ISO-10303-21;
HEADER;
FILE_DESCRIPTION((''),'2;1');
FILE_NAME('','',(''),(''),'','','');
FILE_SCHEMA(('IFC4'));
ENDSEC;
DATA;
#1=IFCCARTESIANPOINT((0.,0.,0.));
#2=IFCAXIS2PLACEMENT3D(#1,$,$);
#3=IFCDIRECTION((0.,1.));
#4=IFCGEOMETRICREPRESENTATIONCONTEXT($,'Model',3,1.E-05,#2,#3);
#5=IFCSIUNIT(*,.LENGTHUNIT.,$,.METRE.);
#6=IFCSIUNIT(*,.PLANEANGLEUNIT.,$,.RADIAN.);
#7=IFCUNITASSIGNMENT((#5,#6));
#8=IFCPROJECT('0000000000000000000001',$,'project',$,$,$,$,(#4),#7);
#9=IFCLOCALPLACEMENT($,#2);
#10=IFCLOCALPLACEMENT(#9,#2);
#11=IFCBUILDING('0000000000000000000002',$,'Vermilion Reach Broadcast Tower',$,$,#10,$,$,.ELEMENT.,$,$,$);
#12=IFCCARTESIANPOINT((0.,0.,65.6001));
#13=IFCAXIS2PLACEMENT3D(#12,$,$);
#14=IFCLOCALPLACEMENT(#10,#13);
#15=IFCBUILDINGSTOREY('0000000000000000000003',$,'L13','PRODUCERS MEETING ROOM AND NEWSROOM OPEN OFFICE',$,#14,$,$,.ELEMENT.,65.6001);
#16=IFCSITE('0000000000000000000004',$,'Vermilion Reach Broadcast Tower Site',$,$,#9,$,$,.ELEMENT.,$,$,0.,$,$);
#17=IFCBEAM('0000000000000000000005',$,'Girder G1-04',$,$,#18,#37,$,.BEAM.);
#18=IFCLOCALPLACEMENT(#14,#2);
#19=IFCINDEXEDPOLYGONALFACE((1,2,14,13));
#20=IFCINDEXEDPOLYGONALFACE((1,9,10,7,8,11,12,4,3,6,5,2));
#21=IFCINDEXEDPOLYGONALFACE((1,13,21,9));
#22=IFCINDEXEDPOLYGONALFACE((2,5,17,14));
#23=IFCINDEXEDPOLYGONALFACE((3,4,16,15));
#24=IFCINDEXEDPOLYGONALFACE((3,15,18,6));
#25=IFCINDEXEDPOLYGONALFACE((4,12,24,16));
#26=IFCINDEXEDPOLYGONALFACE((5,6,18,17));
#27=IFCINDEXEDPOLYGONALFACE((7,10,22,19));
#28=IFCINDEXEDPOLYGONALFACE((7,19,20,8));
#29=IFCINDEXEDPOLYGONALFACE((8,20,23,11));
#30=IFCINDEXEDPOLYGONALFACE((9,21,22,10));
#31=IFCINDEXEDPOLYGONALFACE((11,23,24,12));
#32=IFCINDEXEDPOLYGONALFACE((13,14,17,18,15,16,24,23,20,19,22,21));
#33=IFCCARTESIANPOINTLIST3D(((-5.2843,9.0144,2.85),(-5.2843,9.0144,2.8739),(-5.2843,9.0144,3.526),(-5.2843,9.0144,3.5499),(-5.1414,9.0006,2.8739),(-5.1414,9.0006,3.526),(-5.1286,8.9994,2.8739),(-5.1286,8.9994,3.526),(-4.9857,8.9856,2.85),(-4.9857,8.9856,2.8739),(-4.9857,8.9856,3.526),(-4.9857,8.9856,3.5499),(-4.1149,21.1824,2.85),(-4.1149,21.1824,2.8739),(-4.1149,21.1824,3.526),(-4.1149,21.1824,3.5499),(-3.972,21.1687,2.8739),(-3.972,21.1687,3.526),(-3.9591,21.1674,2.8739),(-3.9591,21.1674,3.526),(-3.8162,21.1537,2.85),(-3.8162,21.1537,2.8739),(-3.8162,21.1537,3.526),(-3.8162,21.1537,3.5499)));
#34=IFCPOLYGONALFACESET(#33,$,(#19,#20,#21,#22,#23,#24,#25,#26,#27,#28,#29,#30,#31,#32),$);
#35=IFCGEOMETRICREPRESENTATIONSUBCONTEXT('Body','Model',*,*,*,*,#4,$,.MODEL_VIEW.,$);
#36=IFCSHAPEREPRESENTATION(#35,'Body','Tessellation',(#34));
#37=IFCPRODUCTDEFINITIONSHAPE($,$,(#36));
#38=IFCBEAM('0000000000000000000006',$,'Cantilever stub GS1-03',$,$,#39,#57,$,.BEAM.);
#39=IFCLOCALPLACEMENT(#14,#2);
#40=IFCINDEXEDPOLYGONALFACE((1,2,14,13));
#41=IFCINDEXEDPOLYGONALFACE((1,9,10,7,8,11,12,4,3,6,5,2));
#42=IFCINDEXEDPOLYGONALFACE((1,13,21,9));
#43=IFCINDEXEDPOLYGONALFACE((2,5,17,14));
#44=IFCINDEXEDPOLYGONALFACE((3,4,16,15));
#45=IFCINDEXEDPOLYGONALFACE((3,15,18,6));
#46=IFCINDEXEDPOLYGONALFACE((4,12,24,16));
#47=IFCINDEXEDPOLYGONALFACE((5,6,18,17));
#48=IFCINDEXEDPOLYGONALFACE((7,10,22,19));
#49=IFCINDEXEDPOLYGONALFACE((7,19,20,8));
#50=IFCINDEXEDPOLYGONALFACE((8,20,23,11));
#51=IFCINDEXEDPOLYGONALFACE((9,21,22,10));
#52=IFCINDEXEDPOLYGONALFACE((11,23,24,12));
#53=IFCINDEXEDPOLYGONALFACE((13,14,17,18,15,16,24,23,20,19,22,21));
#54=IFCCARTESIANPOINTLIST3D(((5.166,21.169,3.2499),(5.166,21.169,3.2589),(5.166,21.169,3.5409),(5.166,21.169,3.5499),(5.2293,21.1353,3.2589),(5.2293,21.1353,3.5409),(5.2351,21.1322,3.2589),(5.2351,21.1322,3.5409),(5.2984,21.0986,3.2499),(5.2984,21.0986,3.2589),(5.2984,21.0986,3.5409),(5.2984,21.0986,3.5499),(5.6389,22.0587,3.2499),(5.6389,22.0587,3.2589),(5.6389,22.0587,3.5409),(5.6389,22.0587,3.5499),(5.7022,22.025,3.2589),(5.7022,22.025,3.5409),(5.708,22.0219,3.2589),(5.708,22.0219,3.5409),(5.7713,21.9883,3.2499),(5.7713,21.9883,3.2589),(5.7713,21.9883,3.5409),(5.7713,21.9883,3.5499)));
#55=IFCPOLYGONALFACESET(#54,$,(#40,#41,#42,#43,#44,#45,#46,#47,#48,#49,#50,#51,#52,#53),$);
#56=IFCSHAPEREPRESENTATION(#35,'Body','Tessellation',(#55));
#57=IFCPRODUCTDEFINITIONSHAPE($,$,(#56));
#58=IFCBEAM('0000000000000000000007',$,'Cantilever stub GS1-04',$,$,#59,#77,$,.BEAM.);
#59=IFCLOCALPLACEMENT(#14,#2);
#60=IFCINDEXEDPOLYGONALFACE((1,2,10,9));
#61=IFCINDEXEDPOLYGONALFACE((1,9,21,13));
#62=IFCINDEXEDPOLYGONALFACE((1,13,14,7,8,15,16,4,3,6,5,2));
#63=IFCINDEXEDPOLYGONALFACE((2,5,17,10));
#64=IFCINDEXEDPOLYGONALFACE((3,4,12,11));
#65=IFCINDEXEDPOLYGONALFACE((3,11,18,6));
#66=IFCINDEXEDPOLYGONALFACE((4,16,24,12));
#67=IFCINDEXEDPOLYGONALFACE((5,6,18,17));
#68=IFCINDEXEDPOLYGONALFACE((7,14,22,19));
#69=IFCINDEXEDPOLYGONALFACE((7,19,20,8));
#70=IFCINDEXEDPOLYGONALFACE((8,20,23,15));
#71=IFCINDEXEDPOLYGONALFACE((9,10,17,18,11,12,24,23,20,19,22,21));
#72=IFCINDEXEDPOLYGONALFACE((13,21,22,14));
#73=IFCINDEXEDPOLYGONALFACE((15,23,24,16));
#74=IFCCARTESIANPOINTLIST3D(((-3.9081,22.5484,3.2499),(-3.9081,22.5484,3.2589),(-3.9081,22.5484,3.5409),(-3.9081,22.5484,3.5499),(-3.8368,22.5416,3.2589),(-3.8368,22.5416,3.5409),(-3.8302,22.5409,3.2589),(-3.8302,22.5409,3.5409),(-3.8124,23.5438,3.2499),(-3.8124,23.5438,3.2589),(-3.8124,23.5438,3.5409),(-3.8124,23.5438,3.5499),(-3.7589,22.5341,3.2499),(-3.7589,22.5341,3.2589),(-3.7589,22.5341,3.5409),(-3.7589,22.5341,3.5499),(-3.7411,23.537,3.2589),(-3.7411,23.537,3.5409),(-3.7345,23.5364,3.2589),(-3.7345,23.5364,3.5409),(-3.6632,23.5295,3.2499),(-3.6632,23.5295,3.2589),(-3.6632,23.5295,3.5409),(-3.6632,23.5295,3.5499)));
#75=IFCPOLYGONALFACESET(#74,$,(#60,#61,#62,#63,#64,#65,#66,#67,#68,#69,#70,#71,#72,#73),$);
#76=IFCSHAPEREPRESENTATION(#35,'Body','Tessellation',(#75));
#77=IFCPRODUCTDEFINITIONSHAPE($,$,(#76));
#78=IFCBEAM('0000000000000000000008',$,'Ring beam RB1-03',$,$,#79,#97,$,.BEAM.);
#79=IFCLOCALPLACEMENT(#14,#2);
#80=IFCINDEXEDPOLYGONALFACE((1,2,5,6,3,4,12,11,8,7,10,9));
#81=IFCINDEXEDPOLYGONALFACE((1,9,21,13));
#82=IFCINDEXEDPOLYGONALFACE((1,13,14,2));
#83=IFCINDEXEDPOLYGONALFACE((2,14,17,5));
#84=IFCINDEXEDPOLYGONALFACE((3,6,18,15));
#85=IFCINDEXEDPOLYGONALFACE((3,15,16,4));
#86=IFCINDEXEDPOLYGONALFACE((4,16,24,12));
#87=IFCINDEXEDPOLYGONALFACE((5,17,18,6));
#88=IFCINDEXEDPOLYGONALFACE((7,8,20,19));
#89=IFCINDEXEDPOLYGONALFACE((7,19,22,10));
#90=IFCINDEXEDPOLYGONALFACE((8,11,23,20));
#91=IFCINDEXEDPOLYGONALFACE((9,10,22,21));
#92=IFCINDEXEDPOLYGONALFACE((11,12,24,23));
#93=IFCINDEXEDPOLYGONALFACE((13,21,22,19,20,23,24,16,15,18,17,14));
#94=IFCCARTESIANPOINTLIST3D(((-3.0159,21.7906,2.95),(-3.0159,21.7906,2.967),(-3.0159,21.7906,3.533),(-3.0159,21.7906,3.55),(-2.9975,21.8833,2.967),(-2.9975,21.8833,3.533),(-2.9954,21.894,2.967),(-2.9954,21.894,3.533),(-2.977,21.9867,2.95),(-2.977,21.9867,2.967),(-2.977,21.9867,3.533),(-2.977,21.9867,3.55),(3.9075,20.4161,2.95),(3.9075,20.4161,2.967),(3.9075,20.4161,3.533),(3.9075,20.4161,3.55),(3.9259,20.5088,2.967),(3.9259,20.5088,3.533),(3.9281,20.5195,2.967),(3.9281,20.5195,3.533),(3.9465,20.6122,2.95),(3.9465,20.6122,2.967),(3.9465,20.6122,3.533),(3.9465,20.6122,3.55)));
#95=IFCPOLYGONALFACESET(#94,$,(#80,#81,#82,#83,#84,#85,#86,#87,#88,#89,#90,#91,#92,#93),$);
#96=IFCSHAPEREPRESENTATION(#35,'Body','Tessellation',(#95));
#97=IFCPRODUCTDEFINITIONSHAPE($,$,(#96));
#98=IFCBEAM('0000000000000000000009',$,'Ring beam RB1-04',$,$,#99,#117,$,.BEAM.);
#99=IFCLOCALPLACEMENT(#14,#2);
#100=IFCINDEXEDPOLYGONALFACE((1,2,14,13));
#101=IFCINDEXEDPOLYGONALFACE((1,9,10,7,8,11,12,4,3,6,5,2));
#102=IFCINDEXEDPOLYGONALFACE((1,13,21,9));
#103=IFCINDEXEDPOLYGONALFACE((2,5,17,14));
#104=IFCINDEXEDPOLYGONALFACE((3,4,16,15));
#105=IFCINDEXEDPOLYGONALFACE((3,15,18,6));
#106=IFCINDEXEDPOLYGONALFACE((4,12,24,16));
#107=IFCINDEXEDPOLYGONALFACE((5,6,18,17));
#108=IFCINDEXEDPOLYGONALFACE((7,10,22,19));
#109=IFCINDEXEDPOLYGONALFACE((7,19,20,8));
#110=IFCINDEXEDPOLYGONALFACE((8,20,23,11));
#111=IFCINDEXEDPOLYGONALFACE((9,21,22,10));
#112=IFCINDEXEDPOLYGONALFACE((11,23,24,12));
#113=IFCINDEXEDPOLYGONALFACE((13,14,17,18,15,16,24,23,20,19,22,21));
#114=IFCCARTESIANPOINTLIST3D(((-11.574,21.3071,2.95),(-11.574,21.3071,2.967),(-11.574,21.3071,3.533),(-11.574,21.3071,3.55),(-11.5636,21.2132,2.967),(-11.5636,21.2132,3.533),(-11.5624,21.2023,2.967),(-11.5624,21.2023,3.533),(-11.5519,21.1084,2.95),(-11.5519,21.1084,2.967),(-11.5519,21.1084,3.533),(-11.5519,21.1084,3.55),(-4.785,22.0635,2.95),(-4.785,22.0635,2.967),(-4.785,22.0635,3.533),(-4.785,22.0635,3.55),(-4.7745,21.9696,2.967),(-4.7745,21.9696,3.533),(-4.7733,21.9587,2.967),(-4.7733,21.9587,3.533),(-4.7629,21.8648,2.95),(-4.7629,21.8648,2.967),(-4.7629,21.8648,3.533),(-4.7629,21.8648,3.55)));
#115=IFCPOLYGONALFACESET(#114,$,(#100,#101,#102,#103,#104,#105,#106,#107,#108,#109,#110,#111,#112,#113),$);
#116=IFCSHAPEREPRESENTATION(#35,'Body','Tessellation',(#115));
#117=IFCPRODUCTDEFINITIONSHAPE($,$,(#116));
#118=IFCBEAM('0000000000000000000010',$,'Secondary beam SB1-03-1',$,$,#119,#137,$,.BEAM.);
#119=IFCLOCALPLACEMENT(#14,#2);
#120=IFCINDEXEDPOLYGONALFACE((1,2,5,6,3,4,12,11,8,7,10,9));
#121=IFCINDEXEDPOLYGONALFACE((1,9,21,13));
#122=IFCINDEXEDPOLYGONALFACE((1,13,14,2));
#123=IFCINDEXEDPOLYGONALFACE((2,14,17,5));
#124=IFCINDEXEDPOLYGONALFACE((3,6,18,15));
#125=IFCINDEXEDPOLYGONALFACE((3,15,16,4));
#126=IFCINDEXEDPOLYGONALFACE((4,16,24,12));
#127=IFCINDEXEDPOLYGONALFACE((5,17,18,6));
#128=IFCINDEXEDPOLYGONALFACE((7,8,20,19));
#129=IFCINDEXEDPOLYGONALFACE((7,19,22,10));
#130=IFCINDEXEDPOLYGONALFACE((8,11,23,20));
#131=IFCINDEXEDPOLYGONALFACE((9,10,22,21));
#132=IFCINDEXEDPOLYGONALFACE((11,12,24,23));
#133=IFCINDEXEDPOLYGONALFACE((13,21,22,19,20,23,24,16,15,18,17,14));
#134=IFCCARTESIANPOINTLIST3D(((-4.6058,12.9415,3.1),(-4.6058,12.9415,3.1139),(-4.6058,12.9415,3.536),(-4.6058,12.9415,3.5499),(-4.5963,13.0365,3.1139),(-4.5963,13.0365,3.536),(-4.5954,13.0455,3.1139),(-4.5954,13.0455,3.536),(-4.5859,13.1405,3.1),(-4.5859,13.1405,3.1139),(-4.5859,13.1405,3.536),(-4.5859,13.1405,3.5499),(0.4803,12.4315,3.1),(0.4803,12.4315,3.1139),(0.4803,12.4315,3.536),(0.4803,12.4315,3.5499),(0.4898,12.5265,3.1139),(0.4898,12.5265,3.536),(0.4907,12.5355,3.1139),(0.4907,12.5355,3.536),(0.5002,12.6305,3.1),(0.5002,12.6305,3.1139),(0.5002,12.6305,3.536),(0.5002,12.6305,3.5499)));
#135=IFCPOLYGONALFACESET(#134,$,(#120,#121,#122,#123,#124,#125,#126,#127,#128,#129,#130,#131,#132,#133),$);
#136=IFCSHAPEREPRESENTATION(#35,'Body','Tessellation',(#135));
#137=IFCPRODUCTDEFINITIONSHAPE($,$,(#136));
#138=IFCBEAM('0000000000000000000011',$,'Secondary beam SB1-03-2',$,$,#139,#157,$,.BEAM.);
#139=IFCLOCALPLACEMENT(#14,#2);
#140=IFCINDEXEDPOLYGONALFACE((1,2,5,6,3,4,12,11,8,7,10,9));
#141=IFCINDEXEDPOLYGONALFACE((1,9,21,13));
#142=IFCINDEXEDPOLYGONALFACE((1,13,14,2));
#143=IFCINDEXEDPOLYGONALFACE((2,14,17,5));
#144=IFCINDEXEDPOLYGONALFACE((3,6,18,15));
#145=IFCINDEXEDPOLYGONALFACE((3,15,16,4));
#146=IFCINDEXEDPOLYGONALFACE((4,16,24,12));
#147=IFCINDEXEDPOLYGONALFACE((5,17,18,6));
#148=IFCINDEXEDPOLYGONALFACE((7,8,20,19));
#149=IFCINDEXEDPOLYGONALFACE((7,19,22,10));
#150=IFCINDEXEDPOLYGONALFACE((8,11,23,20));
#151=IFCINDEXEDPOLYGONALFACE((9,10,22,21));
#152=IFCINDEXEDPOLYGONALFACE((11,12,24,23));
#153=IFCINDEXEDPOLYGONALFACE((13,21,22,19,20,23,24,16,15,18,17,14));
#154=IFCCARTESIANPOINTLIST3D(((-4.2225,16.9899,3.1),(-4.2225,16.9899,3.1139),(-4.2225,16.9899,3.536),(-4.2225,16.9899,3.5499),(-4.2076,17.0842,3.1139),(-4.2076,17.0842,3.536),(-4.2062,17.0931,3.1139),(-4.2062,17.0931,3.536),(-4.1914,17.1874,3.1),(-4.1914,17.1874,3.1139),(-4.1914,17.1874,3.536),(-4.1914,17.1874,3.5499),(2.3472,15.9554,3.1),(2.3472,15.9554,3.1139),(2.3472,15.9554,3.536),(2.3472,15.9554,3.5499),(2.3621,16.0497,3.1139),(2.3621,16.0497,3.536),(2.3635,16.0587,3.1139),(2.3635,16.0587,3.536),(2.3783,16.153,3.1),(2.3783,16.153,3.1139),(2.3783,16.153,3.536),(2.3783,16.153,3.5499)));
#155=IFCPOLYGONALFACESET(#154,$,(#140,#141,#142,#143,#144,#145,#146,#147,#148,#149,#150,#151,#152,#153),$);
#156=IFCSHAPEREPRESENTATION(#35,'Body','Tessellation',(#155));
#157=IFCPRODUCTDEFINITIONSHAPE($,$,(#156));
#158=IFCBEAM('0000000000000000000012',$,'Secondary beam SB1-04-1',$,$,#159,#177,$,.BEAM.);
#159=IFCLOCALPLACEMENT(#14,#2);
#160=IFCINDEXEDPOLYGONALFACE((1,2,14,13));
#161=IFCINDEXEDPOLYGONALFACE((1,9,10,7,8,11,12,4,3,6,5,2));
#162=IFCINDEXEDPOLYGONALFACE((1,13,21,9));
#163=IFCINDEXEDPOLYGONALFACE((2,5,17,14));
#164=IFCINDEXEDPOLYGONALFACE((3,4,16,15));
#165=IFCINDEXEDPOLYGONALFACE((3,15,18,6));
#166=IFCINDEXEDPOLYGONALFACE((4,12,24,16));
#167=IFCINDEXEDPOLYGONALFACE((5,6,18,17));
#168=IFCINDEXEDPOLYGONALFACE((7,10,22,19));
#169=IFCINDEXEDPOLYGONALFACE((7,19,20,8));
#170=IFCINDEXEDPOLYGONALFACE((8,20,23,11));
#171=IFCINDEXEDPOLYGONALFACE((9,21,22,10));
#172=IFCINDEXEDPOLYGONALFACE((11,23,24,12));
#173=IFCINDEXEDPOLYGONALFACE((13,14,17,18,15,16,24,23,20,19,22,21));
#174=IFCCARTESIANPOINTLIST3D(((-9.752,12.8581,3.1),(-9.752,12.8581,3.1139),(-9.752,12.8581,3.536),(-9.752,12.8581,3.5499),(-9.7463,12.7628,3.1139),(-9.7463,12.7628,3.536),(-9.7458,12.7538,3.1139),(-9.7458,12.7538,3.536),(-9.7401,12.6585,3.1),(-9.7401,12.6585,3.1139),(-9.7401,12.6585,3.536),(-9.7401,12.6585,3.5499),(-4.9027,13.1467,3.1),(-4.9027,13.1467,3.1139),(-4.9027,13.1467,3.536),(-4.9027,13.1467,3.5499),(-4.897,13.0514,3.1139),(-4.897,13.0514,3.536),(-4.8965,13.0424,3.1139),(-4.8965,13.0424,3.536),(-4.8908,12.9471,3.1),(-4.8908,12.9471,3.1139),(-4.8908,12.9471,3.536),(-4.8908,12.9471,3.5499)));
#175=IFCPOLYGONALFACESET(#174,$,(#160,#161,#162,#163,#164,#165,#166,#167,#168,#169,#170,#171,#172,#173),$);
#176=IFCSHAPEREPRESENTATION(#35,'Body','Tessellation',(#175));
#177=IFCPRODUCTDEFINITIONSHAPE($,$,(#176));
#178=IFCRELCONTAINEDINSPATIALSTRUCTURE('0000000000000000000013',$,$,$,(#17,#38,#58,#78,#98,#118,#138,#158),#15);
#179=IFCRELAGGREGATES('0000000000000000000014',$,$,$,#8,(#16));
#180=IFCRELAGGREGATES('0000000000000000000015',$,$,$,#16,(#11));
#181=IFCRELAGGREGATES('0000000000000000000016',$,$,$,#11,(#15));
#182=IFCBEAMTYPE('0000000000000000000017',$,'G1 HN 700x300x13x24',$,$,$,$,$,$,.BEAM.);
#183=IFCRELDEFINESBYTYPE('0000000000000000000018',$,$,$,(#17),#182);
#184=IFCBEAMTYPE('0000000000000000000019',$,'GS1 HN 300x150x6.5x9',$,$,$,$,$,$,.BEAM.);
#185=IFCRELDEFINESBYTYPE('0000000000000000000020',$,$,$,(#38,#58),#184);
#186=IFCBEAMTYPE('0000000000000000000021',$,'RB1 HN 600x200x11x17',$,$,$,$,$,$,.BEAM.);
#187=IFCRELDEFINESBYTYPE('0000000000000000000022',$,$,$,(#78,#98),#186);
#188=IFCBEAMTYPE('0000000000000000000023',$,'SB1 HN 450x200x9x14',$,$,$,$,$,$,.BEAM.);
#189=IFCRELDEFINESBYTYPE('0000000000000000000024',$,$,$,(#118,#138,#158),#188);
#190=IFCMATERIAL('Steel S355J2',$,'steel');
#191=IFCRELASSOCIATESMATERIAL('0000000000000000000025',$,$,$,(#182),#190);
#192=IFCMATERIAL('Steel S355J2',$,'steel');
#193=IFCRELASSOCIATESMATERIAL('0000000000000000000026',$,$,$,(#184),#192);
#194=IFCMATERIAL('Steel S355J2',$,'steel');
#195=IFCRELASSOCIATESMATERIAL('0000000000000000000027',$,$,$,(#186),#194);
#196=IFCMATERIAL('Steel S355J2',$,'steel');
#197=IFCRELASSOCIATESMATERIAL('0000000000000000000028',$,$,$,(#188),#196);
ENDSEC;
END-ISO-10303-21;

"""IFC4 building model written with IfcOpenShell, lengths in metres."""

from ifc_helpers import new_model, si_unit, direction, frame, origin, origin_2d, place, context, subcontext, project, spatial, i_section, extrude, material, material_profile, profile_set, type_object, element, save


model = new_model("IFC4")

# Units and contexts
model_context = context("Model", 3, precision=1e-05, world=origin(), true_north=direction((0.0, 1.0)))
body_context = subcontext(model_context, "Body", "Model", "MODEL_VIEW")
ifc_project = project(units=[si_unit("LENGTHUNIT", "METRE"), si_unit("PLANEANGLEUNIT", "RADIAN")], contexts=[model_context])

# Site, building, storey
site_placement = place(None, origin())
site = spatial("IfcSite", under=ifc_project, at=site_placement, Name="Vermilion Reach Broadcast Tower Site", CompositionType="ELEMENT", RefElevation=0.0)
building_placement = place(site_placement, origin())
building = spatial("IfcBuilding", under=site, at=building_placement, Name="Vermilion Reach Broadcast Tower", CompositionType="ELEMENT")
storey_placement = place(building_placement, frame((0.0, 0.0, 65.6001)))
storey = spatial("IfcBuildingStorey", under=building, at=storey_placement, Name="L13", Description="PRODUCERS MEETING ROOM AND NEWSROOM OPEN OFFICE", CompositionType="ELEMENT", Elevation=65.6001)

# Beams
ifc_material_1 = material(Name="Steel S355J2", Category="steel")
ifc_material_profile_1 = material_profile(ifc_material_1, i_section(OverallWidth=0.3, OverallDepth=0.7, WebThickness=0.0129, FlangeThickness=0.0239, at=origin_2d()), Name="S355J2 HN 700x300x13x24")
ifc_profile_set_1 = profile_set([ifc_material_profile_1], Name="Steel S355J2")
beam_type_1 = type_object("IfcBeamType", Name="G1 HN 700x300x13x24", PredefinedType="BEAM", material=ifc_profile_set_1)
beam_1_placement = place(storey_placement, frame((-5.135, 9.0, 3.2), z_axis=(0.095667, 0.995413, 0.0), x_axis=(-0.995413, 0.095667, 0.0)))
element("IfcBeam", 1, at=beam_1_placement, inside=storey, type_object=beam_type_1, Name="Girder G1-04", PredefinedType="BEAM", context=body_context, shape_type="SweptSolid", body=[
    extrude(i_section(OverallWidth=0.3, OverallDepth=0.7, WebThickness=0.0129, FlangeThickness=0.0239, at=origin_2d()), origin(), (0.0, 0.0, 1.0), 12.2241),
])
ifc_material_2 = material(Name="Steel S355J2", Category="steel")
ifc_material_profile_2 = material_profile(ifc_material_2, i_section(OverallWidth=0.1499, OverallDepth=0.3, WebThickness=0.0066, FlangeThickness=0.009, at=origin_2d()), Name="S355J2 HN 300x150x6.5x9")
ifc_profile_set_2 = profile_set([ifc_material_profile_2], Name="Steel S355J2")
beam_type_2 = type_object("IfcBeamType", Name="GS1 HN 300x150x6.5x9", PredefinedType="BEAM", material=ifc_profile_set_2)
beam_2_placement = place(storey_placement, frame((5.2322, 21.1338, 3.3999), z_axis=(0.469368, 0.883003, 0.0), x_axis=(-0.883003, 0.469368, 0.0)))
element("IfcBeam", 2, at=beam_2_placement, inside=storey, type_object=beam_type_2, Name="Cantilever stub GS1-03", PredefinedType="BEAM", context=body_context, shape_type="SweptSolid", body=[
    extrude(i_section(OverallWidth=0.1499, OverallDepth=0.3, WebThickness=0.0066, FlangeThickness=0.009, at=origin_2d()), origin(), (0.0, 0.0, 1.0), 1.0076),
])
beam_3_placement = place(storey_placement, frame((-3.8335, 22.5413, 3.3999), z_axis=(0.095708, 0.995409, 0.0), x_axis=(-0.995409, 0.095708, 0.0)))
element("IfcBeam", 3, at=beam_3_placement, inside=storey, type_object=beam_type_2, Name="Cantilever stub GS1-04", PredefinedType="BEAM", context=body_context, shape_type="SweptSolid", body=[
    extrude(i_section(OverallWidth=0.1499, OverallDepth=0.3, WebThickness=0.0066, FlangeThickness=0.009, at=origin_2d()), origin(), (0.0, 0.0, 1.0), 1.0),
])
ifc_material_3 = material(Name="Steel S355J2", Category="steel")
ifc_material_profile_3 = material_profile(ifc_material_3, i_section(OverallWidth=0.2, OverallDepth=0.6001, WebThickness=0.011, FlangeThickness=0.0171, at=origin_2d()), Name="S355J2 HN 600x200x11x17")
ifc_profile_set_3 = profile_set([ifc_material_profile_3], Name="Steel S355J2")
beam_type_3 = type_object("IfcBeamType", Name="RB1 HN 600x200x11x17", PredefinedType="BEAM", material=ifc_profile_set_3)
beam_4_placement = place(storey_placement, frame((3.927, 20.5142, 3.25), z_axis=(-0.980858, 0.194726, 0.0), x_axis=(-0.194726, -0.980858, 0.0)))
element("IfcBeam", 4, at=beam_4_placement, inside=storey, type_object=beam_type_3, Name="Ring beam RB1-03", PredefinedType="BEAM", context=body_context, shape_type="SweptSolid", body=[
    extrude(i_section(OverallWidth=0.2, OverallDepth=0.6001, WebThickness=0.011, FlangeThickness=0.0171, at=origin_2d()), origin(), (0.0, 0.0, 1.0), 7.0586),
])
beam_5_placement = place(storey_placement, frame((-4.7739, 21.9641, 3.25), z_axis=(-0.993851, -0.110722, 0.0), x_axis=(0.110722, -0.993851, 0.0)))
element("IfcBeam", 5, at=beam_5_placement, inside=storey, type_object=beam_type_3, Name="Ring beam RB1-04", PredefinedType="BEAM", context=body_context, shape_type="SweptSolid", body=[
    extrude(i_section(OverallWidth=0.2, OverallDepth=0.6001, WebThickness=0.011, FlangeThickness=0.0171, at=origin_2d()), origin(), (0.0, 0.0, 1.0), 6.8311),
])
ifc_material_4 = material(Name="Steel S355J2", Category="steel")
ifc_material_profile_4 = material_profile(ifc_material_4, i_section(OverallWidth=0.2, OverallDepth=0.45, WebThickness=0.009, FlangeThickness=0.0139, at=origin_2d()), Name="S355J2 HN 450x200x9x14")
ifc_profile_set_4 = profile_set([ifc_material_profile_4], Name="Steel S355J2")
beam_type_4 = type_object("IfcBeamType", Name="SB1 HN 450x200x9x14", PredefinedType="BEAM", material=ifc_profile_set_4)
beam_6_placement = place(storey_placement, frame((0.4902, 12.531, 3.325), z_axis=(-0.99501, 0.099773, 0.0), x_axis=(-0.099773, -0.99501, 0.0)))
element("IfcBeam", 6, at=beam_6_placement, inside=storey, type_object=beam_type_4, Name="Secondary beam SB1-03-1", PredefinedType="BEAM", context=body_context, shape_type="SweptSolid", body=[
    extrude(i_section(OverallWidth=0.2, OverallDepth=0.45, WebThickness=0.009, FlangeThickness=0.0139, at=origin_2d()), origin(), (0.0, 0.0, 1.0), 5.1116),
])
beam_7_placement = place(storey_placement, frame((2.3628, 16.0542, 3.325), z_axis=(-0.98783, 0.15554, 0.0), x_axis=(-0.15554, -0.98783, 0.0)))
element("IfcBeam", 7, at=beam_7_placement, inside=storey, type_object=beam_type_4, Name="Secondary beam SB1-03-2", PredefinedType="BEAM", context=body_context, shape_type="SweptSolid", body=[
    extrude(i_section(OverallWidth=0.2, OverallDepth=0.45, WebThickness=0.009, FlangeThickness=0.0139, at=origin_2d()), origin(), (0.0, 0.0, 1.0), 6.6506),
])
beam_8_placement = place(storey_placement, frame((-4.8967, 13.0469, 3.325), z_axis=(-0.998234, -0.059403, 0.0), x_axis=(0.059403, -0.998234, 0.0)))
element("IfcBeam", 8, at=beam_8_placement, inside=storey, type_object=beam_type_4, Name="Secondary beam SB1-04-1", PredefinedType="BEAM", context=body_context, shape_type="SweptSolid", body=[
    extrude(i_section(OverallWidth=0.2, OverallDepth=0.45, WebThickness=0.009, FlangeThickness=0.0139, at=origin_2d()), origin(), (0.0, 0.0, 1.0), 4.8579),
])

save(model, "model.ifc")
